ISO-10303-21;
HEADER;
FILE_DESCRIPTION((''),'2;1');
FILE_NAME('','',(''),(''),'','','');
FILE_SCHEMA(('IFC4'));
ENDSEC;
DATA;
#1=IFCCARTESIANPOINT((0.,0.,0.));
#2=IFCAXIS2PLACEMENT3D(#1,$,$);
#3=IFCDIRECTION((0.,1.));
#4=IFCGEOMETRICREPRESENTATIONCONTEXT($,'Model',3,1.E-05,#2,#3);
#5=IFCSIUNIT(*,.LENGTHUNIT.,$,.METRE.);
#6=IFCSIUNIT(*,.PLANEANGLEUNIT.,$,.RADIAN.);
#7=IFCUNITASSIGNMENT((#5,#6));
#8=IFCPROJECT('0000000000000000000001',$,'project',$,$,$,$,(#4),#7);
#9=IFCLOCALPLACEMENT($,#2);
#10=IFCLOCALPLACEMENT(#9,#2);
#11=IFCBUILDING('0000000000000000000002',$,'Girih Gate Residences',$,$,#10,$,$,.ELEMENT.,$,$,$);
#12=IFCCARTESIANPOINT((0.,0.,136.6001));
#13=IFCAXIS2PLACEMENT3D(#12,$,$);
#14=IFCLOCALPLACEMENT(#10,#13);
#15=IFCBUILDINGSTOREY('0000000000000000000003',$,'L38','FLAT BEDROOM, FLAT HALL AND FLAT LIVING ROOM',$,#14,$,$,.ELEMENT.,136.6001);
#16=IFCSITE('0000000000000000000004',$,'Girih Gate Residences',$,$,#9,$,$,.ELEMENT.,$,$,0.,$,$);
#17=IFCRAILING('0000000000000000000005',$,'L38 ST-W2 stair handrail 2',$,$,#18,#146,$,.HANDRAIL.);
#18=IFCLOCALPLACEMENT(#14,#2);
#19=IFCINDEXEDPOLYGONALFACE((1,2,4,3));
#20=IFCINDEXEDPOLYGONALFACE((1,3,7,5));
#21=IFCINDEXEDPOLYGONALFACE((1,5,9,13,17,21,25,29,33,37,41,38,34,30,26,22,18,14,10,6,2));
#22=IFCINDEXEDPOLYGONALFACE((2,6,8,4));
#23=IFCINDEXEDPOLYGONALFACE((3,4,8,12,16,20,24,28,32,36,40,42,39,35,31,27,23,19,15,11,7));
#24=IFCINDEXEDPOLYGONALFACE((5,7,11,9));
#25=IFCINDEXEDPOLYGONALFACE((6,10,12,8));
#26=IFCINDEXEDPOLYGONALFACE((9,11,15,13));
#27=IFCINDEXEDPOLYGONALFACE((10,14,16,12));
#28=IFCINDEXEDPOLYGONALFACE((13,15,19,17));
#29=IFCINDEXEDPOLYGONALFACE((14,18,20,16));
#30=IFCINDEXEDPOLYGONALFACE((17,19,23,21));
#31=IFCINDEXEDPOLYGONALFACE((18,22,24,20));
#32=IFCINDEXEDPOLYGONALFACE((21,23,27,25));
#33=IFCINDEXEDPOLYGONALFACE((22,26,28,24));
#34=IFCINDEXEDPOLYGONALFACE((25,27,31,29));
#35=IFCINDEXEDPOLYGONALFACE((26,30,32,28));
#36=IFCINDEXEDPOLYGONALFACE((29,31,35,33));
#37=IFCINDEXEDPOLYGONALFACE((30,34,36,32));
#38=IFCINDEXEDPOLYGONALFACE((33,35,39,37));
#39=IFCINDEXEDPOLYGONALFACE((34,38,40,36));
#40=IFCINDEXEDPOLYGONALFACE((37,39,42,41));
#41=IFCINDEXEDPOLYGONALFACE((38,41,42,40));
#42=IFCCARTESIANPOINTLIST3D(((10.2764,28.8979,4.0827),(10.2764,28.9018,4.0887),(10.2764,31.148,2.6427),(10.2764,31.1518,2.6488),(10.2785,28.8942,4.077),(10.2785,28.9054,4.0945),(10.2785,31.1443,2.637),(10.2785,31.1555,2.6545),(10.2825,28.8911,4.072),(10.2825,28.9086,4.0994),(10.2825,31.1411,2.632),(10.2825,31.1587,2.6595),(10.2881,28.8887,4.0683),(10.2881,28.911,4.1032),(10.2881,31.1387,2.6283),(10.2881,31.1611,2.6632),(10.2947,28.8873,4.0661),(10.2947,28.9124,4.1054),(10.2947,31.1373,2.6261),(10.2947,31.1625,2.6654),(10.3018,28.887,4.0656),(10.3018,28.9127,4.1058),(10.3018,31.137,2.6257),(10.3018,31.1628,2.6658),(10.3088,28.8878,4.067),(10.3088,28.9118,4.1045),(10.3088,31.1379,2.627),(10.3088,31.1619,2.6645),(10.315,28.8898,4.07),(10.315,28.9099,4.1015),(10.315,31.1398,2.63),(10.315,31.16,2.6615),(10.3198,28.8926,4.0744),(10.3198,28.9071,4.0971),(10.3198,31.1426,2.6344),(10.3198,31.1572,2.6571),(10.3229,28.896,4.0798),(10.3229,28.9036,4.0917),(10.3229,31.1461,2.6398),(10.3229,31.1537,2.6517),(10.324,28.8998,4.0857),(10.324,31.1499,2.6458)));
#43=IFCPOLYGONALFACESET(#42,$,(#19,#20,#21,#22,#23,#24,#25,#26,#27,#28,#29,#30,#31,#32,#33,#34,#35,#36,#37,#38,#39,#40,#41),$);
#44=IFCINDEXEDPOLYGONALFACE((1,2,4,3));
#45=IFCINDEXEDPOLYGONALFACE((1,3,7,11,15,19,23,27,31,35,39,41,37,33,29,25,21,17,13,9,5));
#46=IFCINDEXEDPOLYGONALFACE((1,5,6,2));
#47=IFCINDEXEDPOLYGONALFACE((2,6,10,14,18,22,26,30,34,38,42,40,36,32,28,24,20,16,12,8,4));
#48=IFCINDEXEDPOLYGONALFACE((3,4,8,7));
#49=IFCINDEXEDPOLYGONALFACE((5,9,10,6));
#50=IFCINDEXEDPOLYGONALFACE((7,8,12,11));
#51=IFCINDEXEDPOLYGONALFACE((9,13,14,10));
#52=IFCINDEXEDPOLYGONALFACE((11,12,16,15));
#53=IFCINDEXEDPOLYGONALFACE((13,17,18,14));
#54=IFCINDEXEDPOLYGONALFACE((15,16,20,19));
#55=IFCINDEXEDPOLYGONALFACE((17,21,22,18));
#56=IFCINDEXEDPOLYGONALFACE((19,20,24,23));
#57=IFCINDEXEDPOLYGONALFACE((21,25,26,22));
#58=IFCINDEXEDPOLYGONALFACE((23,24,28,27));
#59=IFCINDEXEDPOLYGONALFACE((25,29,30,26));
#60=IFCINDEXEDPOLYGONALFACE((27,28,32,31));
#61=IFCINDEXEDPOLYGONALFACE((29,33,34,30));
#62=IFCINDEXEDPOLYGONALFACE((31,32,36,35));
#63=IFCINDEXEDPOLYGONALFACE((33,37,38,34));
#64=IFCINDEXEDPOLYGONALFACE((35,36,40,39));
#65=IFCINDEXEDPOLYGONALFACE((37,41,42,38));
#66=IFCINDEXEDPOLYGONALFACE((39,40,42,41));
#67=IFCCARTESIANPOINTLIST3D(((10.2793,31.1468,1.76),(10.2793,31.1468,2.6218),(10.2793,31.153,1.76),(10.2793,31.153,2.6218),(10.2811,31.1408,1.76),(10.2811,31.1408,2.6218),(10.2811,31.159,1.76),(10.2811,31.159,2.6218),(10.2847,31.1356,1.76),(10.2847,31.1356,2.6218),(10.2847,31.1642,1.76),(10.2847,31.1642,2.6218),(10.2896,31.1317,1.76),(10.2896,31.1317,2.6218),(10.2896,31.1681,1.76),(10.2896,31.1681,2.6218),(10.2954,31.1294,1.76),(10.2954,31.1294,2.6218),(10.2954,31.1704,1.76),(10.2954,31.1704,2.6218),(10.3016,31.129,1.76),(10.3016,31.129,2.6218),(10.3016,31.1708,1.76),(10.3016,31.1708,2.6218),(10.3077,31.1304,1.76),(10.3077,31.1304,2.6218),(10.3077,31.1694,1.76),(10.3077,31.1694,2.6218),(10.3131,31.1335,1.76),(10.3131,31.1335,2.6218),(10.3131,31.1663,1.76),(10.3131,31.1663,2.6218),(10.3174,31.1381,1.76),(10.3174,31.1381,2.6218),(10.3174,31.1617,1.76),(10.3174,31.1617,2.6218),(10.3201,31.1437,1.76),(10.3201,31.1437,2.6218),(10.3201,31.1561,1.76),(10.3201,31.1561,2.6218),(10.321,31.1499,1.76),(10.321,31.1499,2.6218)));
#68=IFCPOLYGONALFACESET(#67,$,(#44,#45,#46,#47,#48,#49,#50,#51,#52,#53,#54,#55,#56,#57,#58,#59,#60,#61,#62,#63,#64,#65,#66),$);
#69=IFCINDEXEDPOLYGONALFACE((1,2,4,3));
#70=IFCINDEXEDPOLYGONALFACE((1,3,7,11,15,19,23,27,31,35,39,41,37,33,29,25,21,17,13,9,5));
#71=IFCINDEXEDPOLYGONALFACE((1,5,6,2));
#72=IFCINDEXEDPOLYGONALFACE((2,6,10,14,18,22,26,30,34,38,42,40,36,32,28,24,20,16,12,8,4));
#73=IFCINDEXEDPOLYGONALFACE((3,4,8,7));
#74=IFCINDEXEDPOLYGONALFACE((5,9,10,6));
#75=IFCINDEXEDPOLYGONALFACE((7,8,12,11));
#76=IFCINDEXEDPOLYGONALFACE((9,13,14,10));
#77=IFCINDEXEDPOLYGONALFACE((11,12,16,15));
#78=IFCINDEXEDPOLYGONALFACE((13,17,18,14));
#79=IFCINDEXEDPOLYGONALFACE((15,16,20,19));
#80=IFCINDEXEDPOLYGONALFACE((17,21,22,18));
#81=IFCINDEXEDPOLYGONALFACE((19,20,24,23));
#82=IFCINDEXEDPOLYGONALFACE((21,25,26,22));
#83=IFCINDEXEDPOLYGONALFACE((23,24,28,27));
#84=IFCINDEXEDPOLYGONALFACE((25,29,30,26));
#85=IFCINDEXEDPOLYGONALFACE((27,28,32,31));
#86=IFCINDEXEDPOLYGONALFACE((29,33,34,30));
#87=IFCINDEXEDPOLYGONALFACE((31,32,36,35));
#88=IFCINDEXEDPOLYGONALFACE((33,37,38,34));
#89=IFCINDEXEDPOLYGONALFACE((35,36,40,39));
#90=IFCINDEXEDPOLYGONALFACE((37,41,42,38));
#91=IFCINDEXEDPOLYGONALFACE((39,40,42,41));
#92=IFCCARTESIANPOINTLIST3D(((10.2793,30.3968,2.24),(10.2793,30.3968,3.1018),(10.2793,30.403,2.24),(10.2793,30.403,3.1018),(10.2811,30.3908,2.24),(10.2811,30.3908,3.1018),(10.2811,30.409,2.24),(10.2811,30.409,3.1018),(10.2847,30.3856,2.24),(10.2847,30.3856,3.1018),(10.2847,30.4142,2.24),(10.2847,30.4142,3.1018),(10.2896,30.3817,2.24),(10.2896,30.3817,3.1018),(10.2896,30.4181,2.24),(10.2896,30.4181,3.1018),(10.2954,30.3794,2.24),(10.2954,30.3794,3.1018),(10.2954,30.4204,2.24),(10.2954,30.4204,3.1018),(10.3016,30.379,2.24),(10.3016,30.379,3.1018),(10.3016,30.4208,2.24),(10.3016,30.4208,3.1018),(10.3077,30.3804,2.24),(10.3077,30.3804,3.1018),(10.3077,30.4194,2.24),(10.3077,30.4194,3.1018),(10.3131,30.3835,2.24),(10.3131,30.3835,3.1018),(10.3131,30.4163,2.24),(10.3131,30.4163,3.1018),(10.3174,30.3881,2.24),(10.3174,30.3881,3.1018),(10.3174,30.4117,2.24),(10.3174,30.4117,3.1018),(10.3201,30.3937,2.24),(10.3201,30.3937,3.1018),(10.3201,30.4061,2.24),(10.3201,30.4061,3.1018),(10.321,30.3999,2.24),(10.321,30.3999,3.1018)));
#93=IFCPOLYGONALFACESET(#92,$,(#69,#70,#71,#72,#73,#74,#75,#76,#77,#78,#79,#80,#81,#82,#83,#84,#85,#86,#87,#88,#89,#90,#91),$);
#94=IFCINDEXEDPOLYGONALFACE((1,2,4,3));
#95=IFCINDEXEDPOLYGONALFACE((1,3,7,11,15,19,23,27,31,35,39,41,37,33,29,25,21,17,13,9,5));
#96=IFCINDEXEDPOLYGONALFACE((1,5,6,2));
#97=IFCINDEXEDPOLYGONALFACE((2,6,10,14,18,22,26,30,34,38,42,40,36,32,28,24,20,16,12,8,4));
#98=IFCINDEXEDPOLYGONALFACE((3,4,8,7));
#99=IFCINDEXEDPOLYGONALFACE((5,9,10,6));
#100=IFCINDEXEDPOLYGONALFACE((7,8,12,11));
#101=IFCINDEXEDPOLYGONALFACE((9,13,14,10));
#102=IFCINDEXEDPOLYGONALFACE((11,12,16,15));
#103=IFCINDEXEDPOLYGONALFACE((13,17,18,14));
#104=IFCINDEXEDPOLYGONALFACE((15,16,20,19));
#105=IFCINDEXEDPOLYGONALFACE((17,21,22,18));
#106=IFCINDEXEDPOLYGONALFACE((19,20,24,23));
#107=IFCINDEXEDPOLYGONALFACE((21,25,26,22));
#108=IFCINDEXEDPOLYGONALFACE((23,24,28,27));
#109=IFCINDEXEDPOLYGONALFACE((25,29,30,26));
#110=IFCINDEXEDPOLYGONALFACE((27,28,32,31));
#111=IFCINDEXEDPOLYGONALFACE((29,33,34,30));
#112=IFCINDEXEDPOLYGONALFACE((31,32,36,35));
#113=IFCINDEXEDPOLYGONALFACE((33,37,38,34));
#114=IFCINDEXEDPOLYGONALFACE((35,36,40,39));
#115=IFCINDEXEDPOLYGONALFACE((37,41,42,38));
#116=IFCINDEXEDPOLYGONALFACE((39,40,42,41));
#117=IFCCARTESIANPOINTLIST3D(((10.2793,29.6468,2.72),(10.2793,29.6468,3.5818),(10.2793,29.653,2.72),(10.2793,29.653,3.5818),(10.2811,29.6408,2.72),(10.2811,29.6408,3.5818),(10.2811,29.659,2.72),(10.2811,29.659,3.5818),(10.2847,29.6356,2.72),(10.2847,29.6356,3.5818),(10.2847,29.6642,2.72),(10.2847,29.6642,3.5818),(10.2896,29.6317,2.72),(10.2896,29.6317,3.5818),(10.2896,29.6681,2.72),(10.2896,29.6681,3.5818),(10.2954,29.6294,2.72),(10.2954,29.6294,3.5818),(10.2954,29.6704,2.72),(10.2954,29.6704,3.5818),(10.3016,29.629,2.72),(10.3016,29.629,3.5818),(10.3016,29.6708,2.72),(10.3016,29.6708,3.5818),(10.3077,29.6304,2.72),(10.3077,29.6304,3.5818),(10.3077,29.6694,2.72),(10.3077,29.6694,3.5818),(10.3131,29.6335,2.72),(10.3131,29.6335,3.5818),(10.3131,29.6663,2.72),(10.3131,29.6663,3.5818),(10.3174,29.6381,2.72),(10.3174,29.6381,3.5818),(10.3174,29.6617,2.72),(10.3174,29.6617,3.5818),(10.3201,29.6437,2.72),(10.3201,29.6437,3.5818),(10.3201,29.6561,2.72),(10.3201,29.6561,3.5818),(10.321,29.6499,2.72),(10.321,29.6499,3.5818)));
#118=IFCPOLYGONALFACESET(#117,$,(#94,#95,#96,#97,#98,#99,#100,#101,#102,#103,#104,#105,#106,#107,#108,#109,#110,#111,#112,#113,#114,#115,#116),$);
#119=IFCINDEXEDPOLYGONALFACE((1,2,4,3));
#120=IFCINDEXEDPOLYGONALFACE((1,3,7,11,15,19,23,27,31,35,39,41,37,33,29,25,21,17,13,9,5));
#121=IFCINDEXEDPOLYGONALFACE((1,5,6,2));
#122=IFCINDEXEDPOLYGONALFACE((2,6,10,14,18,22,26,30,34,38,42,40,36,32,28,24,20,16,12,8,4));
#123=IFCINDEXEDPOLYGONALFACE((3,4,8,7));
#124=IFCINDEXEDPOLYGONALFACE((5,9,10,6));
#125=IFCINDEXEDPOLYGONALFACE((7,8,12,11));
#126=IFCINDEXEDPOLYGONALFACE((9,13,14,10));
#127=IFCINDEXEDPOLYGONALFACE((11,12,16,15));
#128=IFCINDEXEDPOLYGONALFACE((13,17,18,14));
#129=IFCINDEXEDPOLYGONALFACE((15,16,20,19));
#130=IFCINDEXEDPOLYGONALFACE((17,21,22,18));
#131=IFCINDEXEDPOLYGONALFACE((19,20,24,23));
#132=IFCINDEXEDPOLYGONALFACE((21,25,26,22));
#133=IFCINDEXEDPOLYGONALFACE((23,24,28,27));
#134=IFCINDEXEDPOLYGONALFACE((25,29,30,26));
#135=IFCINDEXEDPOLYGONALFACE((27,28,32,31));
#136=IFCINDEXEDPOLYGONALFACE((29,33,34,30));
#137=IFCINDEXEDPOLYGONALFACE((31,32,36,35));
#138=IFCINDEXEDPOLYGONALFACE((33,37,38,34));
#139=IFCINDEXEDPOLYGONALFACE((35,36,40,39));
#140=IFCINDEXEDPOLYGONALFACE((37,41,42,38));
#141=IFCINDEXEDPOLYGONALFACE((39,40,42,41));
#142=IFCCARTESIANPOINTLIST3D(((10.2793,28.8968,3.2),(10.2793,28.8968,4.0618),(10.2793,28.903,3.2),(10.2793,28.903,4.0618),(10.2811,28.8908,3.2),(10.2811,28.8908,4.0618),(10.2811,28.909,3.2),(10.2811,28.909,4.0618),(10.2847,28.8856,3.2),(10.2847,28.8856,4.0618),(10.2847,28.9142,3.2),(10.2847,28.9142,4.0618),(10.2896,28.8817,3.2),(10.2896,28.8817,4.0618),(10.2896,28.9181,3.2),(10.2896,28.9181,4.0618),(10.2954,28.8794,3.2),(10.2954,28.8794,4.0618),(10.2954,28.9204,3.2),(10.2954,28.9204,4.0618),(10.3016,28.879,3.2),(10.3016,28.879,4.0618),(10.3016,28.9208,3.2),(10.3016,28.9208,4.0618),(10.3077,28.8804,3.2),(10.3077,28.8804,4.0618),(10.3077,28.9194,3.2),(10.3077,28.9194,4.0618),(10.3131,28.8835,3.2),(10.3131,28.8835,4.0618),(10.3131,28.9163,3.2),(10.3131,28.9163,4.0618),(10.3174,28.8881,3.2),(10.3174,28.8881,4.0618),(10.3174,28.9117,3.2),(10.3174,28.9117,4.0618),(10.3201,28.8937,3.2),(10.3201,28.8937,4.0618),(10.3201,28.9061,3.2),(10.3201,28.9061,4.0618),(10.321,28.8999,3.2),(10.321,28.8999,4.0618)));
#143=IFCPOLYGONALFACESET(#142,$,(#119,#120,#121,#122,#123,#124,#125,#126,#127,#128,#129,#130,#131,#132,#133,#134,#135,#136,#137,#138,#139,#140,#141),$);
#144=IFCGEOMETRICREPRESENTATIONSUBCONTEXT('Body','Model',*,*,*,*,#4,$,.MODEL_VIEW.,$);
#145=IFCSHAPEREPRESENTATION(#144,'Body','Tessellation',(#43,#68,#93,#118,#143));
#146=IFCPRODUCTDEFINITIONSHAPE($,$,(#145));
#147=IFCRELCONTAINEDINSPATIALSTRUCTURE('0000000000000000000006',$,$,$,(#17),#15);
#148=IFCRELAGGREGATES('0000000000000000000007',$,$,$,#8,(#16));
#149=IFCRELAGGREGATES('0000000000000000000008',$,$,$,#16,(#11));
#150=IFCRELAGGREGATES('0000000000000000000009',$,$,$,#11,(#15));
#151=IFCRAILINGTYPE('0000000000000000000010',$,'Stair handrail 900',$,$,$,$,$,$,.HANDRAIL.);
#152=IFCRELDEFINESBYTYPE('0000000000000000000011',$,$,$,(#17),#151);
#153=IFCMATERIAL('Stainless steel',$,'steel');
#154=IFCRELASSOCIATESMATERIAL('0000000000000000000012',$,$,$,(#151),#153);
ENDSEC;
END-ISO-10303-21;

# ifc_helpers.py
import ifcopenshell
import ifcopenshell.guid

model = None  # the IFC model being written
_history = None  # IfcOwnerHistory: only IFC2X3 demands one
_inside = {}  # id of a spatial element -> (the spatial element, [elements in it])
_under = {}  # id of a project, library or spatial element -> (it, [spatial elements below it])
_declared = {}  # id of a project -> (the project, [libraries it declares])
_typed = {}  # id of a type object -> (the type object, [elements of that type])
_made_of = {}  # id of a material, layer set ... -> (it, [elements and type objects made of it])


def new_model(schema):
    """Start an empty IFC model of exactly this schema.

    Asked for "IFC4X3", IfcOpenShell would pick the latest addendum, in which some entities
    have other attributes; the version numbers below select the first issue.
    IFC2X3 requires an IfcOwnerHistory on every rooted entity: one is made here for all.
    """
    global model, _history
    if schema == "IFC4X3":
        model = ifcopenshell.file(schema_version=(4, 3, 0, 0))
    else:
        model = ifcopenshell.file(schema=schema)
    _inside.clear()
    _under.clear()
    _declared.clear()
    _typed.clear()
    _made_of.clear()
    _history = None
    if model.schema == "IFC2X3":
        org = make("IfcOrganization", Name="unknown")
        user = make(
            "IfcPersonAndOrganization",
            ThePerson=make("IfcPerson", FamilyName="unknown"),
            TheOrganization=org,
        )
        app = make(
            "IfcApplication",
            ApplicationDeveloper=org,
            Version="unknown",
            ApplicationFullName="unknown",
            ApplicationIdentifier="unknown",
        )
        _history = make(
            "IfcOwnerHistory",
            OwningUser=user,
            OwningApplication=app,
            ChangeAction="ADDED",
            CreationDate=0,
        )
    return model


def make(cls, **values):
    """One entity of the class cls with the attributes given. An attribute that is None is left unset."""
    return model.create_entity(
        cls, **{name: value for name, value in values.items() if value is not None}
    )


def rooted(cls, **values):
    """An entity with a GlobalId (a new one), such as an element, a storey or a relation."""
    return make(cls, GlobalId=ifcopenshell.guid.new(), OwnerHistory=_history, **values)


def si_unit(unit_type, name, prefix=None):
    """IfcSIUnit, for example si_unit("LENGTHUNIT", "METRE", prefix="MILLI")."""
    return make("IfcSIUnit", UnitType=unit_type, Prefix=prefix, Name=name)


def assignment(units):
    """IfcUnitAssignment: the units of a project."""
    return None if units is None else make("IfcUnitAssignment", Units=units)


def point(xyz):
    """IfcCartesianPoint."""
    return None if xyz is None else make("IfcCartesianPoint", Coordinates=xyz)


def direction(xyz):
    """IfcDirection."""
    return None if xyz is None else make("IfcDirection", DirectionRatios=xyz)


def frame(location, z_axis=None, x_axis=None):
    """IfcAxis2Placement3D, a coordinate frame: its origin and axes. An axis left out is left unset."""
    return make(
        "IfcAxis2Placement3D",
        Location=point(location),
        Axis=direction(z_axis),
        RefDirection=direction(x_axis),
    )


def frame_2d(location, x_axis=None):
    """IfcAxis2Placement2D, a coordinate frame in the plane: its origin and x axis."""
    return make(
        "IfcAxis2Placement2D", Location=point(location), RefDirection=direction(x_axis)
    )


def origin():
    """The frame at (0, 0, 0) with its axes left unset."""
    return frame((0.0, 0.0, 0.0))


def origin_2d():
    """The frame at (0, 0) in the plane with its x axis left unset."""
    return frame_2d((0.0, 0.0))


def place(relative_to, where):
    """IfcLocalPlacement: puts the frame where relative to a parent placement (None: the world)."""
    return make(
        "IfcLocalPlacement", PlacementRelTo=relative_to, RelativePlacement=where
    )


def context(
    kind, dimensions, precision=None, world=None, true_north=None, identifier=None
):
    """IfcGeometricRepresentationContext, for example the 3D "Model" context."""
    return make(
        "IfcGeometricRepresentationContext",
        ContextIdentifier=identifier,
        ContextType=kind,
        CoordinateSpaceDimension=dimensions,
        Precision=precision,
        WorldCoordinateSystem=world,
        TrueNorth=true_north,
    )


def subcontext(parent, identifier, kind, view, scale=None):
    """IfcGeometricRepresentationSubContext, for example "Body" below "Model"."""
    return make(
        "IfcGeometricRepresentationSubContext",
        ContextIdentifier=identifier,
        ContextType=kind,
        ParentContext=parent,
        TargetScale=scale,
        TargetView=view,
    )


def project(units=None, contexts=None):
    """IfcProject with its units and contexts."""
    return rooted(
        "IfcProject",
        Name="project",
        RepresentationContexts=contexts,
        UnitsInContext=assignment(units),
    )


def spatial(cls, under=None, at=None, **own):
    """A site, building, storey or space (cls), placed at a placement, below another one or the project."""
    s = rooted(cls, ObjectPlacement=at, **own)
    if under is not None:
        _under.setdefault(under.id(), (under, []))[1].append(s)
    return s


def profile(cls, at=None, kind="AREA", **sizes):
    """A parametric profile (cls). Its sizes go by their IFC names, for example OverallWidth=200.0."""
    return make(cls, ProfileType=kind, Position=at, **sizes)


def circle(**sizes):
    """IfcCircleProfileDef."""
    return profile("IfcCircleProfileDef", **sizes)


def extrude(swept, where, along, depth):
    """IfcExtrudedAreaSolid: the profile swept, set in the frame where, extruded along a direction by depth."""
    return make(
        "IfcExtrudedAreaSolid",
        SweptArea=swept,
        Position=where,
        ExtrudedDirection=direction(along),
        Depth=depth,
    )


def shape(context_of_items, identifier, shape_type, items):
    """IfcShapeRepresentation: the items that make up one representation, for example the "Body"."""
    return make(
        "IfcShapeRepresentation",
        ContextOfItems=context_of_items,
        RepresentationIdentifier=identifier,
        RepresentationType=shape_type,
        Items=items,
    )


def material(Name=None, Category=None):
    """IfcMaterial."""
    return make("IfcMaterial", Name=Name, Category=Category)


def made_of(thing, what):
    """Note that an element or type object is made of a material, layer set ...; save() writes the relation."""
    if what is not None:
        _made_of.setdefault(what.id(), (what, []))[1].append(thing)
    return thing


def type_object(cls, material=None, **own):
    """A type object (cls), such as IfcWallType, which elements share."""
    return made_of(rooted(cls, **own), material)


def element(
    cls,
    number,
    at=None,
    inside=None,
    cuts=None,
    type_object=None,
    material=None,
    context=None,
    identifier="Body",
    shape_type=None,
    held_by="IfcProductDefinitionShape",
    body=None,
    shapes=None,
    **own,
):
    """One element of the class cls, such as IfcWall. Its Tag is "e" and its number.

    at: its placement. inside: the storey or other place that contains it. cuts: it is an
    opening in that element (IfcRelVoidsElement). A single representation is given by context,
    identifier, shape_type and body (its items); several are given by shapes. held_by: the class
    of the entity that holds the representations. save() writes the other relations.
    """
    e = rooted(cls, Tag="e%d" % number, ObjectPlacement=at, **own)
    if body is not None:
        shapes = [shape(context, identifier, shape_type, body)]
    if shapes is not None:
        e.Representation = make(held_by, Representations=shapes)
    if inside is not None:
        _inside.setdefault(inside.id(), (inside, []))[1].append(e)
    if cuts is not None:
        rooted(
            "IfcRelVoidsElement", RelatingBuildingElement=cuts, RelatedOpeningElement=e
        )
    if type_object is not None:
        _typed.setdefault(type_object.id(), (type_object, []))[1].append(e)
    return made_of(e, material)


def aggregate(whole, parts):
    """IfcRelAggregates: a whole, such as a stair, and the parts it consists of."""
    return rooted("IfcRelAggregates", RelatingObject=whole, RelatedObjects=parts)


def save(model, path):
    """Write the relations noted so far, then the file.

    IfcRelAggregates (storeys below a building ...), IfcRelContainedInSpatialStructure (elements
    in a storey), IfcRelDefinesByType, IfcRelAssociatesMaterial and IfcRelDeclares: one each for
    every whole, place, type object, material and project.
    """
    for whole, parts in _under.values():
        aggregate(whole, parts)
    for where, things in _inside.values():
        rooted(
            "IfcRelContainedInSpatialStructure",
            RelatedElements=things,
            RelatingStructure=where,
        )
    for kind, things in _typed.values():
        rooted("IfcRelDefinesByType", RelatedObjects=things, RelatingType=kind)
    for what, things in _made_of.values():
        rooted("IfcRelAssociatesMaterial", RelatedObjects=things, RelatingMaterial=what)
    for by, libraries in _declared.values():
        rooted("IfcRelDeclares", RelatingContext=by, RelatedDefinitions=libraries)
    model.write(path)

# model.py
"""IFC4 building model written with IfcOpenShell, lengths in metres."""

from ifc_helpers import new_model, si_unit, direction, frame, origin, origin_2d, place, context, subcontext, project, spatial, circle, extrude, material, type_object, element, save


model = new_model("IFC4")

# Units and contexts
model_context = context("Model", 3, precision=1e-05, world=origin(), true_north=direction((0.0, 1.0)))
body_context = subcontext(model_context, "Body", "Model", "MODEL_VIEW")
ifc_project = project(units=[si_unit("LENGTHUNIT", "METRE"), si_unit("PLANEANGLEUNIT", "RADIAN")], contexts=[model_context])

# Site, building, storey
site_placement = place(None, origin())
site = spatial("IfcSite", under=ifc_project, at=site_placement, Name="Girih Gate Residences", CompositionType="ELEMENT", RefElevation=0.0)
building_placement = place(site_placement, origin())
building = spatial("IfcBuilding", under=site, at=building_placement, Name="Girih Gate Residences", CompositionType="ELEMENT")
storey_placement = place(building_placement, frame((0.0, 0.0, 136.6001)))
storey = spatial("IfcBuildingStorey", under=building, at=storey_placement, Name="L38", Description="FLAT BEDROOM, FLAT HALL AND FLAT LIVING ROOM", CompositionType="ELEMENT", Elevation=136.6001)

# Railing
ifc_material_1 = material(Name="Stainless steel", Category="steel")
railing_type_1 = type_object("IfcRailingType", Name="Stair handrail 900", PredefinedType="HANDRAIL", material=ifc_material_1)
railing_1_placement = place(storey_placement, frame((10.3, 31.1499, 1.76)))
element("IfcRailing", 1, at=railing_1_placement, inside=storey, type_object=railing_type_1, Name="L38 ST-W2 stair handrail 2", PredefinedType="HANDRAIL", context=body_context, shape_type="SweptSolid", body=[
    extrude(circle(Radius=0.0239, at=origin_2d()), frame((0.0, 0.0, 0.8857), z_axis=(0.0, -0.842281, 0.539038), x_axis=(1.0, 0.0, 0.0)), (0.0, 0.0, 1.0), 2.6714),
    extrude(circle(Radius=0.021, at=origin_2d()), origin(), (0.0, 0.0, 1.0), 0.8618),
    extrude(circle(Radius=0.021, at=origin_2d()), frame((0.0, -0.75, 0.48)), (0.0, 0.0, 1.0), 0.8618),
    extrude(circle(Radius=0.021, at=origin_2d()), frame((0.0, -1.5, 0.96)), (0.0, 0.0, 1.0), 0.8618),
    extrude(circle(Radius=0.021, at=origin_2d()), frame((0.0, -2.25, 1.4399)), (0.0, 0.0, 1.0), 0.8618),
])

save(model, "model.ifc")
